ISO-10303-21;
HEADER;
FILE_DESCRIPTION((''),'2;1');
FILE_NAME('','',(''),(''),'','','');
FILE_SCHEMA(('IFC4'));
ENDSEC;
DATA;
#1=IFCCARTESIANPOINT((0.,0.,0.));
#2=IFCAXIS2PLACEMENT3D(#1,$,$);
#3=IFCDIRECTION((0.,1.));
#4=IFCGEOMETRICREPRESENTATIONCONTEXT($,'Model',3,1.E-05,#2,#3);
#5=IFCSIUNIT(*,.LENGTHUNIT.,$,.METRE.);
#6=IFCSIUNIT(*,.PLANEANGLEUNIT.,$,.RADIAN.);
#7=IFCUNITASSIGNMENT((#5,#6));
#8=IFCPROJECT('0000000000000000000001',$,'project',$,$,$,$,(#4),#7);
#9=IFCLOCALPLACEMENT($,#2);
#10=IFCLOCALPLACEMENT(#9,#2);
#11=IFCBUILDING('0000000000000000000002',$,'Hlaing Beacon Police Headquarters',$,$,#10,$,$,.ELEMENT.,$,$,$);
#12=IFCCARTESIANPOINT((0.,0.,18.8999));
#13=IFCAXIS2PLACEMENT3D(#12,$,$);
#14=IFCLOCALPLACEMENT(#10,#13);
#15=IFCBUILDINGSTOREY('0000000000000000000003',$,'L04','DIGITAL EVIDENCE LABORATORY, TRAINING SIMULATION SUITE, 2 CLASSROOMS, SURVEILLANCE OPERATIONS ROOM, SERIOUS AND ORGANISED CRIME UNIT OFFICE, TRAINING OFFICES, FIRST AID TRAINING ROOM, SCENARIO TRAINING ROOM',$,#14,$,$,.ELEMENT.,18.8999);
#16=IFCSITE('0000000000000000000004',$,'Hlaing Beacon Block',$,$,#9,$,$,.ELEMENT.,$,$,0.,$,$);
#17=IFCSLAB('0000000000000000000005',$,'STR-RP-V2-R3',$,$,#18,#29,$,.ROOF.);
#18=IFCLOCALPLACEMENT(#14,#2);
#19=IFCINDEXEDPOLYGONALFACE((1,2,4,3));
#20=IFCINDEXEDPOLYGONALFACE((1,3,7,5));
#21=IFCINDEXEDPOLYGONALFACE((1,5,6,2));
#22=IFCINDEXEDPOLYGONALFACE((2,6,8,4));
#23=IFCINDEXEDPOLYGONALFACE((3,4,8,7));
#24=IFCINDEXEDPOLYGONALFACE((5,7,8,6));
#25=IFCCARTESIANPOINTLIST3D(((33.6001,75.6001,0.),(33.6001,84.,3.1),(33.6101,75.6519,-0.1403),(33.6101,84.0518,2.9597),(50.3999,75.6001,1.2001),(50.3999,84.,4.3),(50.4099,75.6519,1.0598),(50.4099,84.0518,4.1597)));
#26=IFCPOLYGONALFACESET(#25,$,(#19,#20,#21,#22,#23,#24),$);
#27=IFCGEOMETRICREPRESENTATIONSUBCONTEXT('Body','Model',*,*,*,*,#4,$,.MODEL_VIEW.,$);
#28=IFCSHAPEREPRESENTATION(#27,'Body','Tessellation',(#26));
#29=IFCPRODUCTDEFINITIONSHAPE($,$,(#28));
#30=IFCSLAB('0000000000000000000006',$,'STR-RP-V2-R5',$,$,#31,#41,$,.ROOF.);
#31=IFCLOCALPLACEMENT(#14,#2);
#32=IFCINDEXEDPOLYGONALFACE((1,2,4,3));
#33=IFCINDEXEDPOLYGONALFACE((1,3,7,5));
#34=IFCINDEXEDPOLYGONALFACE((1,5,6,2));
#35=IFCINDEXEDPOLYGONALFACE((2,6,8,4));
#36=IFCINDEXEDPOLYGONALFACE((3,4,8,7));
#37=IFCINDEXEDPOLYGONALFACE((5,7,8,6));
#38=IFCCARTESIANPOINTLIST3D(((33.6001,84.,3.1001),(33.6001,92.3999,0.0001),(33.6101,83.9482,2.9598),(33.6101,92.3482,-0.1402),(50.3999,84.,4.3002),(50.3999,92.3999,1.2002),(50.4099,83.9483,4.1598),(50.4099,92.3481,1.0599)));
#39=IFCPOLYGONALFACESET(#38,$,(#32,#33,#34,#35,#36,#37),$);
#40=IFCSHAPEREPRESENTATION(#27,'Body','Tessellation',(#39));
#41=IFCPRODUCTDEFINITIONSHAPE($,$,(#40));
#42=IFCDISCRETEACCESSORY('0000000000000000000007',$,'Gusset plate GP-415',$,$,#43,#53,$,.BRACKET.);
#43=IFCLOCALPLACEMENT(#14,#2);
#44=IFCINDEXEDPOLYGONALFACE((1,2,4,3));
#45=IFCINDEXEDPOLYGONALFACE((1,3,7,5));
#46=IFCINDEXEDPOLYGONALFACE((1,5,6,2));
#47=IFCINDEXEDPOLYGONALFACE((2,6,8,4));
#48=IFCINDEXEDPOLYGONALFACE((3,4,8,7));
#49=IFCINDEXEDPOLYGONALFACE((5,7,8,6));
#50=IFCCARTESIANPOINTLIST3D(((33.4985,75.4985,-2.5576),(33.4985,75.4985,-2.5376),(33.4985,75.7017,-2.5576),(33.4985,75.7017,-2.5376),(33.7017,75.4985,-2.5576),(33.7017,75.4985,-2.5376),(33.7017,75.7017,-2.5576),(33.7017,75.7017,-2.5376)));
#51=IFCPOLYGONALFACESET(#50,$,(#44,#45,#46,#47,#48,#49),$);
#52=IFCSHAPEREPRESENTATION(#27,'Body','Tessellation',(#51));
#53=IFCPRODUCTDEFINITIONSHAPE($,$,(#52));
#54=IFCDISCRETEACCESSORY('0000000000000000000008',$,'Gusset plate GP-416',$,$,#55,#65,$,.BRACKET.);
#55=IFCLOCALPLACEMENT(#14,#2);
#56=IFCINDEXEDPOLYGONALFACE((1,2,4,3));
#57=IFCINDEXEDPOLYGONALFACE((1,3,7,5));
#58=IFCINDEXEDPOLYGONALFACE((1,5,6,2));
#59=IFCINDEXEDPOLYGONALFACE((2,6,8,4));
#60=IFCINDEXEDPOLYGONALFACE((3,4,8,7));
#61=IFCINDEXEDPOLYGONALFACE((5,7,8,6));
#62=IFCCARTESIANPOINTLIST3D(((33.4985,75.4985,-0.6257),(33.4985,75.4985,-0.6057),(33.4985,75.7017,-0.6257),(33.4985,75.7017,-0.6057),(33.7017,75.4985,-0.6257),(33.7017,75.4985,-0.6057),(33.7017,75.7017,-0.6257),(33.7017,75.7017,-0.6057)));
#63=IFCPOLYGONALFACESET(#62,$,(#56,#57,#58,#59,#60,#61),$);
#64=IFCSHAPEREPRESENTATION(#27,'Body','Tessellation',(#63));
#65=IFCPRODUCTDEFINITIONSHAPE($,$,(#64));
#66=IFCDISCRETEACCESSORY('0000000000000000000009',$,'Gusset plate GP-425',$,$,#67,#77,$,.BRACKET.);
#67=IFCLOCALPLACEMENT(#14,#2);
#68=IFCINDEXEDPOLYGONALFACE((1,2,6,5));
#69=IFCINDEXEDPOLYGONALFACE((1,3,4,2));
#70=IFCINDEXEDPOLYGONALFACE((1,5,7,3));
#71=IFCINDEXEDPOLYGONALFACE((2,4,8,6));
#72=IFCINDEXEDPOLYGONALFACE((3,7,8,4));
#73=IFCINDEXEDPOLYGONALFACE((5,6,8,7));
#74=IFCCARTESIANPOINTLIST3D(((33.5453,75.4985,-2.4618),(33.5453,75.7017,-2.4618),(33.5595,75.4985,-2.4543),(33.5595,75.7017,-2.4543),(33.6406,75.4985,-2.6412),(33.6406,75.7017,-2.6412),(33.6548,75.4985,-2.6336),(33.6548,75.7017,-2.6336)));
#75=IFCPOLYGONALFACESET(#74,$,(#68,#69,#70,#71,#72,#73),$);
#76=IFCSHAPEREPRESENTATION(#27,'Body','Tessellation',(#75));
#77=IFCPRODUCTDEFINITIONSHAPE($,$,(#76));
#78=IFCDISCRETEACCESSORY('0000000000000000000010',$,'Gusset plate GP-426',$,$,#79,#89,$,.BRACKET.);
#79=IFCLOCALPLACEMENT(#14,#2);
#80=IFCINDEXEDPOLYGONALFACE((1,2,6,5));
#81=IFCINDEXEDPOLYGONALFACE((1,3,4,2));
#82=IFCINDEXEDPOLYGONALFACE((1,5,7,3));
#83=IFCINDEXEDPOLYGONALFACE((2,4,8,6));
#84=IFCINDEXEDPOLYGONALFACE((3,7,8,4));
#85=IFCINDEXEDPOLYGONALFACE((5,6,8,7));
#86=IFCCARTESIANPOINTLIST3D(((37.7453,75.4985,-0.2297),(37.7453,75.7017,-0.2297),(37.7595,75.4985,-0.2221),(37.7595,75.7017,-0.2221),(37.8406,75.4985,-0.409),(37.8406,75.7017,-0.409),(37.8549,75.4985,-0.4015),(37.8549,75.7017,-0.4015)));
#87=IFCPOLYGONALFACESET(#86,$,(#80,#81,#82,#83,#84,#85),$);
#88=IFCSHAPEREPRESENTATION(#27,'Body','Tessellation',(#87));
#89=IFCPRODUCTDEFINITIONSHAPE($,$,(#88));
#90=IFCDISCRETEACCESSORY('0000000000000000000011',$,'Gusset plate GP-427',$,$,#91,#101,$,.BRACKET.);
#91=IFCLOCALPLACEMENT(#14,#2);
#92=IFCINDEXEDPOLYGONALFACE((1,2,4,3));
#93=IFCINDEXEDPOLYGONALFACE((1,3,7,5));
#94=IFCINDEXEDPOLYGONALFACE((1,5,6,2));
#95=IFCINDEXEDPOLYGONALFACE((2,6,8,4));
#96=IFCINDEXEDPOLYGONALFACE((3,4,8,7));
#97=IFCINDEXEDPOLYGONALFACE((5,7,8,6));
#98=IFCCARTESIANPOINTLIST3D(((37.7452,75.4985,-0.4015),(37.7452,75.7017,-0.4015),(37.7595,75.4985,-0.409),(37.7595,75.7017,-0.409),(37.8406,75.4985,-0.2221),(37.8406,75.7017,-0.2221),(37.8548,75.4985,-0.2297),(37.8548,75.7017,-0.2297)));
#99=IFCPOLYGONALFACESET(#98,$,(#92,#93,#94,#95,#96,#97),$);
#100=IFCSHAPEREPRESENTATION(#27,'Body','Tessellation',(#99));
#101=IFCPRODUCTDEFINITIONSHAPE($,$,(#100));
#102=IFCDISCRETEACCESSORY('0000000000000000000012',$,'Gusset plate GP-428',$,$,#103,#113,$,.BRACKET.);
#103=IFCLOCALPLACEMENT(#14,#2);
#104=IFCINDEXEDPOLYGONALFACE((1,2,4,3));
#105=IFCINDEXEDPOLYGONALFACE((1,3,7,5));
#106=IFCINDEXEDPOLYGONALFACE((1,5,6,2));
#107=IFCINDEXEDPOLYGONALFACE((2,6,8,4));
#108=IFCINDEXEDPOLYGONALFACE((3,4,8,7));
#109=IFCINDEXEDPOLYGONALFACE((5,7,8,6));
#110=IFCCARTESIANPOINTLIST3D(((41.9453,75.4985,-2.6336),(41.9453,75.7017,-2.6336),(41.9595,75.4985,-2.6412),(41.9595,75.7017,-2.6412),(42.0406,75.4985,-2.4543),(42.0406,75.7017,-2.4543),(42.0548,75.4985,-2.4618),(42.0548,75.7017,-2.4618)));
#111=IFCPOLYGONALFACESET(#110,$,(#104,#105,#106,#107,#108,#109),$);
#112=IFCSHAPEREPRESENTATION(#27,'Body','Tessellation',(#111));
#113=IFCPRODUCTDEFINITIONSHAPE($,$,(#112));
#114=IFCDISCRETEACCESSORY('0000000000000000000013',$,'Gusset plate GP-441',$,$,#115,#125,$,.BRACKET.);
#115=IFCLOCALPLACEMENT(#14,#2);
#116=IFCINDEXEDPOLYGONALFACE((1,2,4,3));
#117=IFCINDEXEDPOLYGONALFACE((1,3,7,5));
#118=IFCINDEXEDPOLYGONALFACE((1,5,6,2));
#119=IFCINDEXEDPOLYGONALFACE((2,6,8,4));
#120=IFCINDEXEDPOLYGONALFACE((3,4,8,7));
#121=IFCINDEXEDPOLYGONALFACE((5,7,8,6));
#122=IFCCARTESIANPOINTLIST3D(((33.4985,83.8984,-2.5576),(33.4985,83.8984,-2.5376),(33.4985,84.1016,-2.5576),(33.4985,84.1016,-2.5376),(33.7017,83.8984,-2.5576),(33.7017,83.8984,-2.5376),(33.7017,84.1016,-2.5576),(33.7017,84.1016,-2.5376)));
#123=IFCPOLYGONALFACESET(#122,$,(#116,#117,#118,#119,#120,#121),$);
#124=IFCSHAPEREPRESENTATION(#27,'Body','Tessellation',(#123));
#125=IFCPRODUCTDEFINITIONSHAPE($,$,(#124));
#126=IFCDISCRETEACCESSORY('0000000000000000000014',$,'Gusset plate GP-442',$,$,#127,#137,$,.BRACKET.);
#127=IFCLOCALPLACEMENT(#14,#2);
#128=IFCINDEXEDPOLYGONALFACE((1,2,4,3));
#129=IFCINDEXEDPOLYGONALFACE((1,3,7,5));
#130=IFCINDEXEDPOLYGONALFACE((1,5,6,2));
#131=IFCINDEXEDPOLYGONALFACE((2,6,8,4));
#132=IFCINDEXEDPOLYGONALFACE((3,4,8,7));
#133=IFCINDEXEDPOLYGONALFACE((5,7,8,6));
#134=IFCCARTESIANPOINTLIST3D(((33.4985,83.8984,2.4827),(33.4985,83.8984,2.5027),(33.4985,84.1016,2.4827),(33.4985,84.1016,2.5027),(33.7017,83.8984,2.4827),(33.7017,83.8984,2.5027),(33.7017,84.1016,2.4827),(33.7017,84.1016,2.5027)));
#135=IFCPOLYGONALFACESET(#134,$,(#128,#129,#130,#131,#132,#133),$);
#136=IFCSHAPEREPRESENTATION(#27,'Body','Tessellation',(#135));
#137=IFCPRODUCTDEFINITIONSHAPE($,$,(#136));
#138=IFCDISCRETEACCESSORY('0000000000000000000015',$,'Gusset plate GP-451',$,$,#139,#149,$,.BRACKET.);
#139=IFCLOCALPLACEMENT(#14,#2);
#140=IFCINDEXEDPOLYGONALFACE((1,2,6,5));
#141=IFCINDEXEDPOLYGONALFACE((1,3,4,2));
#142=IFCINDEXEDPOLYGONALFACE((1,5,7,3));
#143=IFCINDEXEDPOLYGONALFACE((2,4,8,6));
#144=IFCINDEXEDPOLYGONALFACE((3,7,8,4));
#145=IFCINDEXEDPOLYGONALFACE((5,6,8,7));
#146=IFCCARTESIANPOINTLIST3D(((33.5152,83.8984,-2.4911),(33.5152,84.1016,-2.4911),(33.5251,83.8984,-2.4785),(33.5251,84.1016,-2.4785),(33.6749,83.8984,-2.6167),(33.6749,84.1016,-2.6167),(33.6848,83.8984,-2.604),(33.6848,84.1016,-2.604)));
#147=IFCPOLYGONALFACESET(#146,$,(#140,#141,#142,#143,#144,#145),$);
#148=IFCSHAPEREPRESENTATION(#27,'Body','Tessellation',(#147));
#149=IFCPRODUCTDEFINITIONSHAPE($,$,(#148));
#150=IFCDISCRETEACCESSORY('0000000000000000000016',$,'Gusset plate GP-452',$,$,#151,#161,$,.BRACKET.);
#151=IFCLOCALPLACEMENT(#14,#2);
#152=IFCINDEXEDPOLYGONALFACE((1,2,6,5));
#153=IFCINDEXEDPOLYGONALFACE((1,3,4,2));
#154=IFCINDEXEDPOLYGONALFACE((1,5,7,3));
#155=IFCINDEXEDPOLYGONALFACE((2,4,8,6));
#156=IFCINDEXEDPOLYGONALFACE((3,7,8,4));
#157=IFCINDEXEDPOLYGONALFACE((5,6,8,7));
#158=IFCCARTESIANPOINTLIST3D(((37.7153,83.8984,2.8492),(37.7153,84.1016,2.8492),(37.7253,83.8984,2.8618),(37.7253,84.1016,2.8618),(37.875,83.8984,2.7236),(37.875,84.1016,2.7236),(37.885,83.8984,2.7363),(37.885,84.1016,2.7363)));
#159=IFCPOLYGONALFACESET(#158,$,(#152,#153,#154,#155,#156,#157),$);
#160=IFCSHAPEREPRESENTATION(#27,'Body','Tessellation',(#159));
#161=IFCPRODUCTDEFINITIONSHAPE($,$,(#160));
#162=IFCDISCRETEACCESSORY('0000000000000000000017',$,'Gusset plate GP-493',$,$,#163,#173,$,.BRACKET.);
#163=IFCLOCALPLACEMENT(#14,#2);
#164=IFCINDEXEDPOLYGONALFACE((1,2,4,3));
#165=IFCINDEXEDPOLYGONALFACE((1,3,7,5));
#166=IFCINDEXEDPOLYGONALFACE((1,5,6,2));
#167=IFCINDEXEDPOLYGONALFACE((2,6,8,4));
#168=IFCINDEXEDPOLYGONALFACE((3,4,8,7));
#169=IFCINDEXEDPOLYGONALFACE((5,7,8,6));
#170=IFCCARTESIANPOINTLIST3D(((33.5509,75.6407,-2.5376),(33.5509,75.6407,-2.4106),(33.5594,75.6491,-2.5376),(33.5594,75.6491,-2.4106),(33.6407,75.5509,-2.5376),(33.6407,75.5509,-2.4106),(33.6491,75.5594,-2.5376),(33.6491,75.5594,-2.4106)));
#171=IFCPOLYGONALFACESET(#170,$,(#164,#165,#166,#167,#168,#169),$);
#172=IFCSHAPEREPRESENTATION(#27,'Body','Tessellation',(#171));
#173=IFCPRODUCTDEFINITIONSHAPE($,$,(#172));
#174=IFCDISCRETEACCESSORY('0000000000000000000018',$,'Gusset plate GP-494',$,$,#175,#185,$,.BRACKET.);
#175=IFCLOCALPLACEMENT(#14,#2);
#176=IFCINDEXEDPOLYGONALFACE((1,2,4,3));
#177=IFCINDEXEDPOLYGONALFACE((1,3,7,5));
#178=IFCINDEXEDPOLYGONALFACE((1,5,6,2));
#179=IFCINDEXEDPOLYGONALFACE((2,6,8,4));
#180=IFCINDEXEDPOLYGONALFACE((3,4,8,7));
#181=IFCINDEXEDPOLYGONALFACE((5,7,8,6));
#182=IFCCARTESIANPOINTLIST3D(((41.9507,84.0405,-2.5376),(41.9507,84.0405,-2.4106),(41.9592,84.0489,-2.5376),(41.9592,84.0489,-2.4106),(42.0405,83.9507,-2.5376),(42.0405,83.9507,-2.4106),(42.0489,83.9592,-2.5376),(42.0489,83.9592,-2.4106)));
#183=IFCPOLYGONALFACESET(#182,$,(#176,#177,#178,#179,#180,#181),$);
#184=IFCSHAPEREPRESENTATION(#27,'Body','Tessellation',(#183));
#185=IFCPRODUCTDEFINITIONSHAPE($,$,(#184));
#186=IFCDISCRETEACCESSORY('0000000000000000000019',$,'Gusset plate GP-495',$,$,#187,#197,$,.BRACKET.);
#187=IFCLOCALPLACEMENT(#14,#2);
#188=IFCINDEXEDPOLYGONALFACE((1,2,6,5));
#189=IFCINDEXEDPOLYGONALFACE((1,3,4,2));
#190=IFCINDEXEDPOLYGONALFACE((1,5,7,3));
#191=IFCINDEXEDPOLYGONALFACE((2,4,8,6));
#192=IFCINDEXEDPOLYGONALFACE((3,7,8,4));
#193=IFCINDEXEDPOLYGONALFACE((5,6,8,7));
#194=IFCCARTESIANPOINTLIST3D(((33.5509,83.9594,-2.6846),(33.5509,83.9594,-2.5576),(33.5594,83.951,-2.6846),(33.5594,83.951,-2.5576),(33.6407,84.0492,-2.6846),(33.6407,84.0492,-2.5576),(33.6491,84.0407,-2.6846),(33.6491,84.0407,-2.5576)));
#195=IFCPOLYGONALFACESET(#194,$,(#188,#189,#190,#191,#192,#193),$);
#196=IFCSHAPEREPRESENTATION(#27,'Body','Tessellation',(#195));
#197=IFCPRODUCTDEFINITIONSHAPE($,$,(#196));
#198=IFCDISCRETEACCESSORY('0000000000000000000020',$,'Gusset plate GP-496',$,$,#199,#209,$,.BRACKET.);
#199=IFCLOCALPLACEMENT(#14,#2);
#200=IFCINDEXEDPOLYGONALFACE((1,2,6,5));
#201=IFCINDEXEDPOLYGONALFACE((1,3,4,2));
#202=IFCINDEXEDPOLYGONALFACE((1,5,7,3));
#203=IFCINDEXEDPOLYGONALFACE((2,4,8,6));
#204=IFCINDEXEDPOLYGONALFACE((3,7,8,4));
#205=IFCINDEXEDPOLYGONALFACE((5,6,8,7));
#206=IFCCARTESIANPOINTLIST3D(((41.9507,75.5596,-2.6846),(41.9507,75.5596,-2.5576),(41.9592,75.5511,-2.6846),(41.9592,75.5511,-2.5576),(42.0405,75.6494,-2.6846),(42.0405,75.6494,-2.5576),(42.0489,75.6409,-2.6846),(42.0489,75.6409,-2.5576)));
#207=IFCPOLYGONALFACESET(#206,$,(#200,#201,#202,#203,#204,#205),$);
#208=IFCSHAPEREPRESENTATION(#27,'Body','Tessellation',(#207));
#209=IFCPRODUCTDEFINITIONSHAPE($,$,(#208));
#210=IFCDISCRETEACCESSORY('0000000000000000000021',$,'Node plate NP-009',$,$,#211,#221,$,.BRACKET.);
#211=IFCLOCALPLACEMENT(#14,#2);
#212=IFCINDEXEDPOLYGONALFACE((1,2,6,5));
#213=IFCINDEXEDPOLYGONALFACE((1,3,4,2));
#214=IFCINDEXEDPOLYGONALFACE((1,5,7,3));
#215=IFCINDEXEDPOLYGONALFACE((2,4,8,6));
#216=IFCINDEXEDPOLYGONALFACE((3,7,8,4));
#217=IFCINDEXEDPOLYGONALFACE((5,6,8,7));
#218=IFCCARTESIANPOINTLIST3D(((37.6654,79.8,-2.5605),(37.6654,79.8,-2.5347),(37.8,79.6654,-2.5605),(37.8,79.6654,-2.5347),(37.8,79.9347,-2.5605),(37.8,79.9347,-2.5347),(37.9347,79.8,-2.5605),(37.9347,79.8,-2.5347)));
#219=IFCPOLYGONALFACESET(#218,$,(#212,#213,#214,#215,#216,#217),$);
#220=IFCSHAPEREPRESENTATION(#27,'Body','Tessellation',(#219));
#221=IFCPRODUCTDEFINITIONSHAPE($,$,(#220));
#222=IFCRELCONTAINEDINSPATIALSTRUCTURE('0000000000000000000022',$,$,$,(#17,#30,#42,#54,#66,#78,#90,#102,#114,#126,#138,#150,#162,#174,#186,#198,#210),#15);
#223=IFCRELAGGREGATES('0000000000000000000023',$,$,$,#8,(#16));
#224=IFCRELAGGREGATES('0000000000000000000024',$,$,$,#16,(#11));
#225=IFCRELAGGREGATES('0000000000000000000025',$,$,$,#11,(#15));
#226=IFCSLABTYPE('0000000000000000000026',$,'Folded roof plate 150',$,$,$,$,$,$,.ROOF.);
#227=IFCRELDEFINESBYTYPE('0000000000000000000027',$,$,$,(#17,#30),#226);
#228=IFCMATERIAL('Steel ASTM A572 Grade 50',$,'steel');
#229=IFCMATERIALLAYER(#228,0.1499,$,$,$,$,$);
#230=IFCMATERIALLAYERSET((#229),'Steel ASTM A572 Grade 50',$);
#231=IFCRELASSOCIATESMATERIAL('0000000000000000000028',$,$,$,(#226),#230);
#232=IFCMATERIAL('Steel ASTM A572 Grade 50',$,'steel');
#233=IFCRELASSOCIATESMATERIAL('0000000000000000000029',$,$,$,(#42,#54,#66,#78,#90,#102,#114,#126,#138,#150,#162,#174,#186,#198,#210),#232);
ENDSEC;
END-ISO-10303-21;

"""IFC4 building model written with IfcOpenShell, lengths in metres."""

from ifc_helpers import new_model, si_unit, direction, frame, origin, origin_2d, place, context, subcontext, project, spatial, polyline, rectangle, outline, extrude, material, layer, layer_set, type_object, element, save


model = new_model("IFC4")

# Units and contexts
model_context = context("Model", 3, precision=1e-05, world=origin(), true_north=direction((0.0, 1.0)))
body_context = subcontext(model_context, "Body", "Model", "MODEL_VIEW")
ifc_project = project(units=[si_unit("LENGTHUNIT", "METRE"), si_unit("PLANEANGLEUNIT", "RADIAN")], contexts=[model_context])

# Site, building, storey
site_placement = place(None, origin())
site = spatial("IfcSite", under=ifc_project, at=site_placement, Name="Hlaing Beacon Block", CompositionType="ELEMENT", RefElevation=0.0)
building_placement = place(site_placement, origin())
building = spatial("IfcBuilding", under=site, at=building_placement, Name="Hlaing Beacon Police Headquarters", CompositionType="ELEMENT")
storey_placement = place(building_placement, frame((0.0, 0.0, 18.8999)))
storey = spatial("IfcBuildingStorey", under=building, at=storey_placement, Name="L04", Description="DIGITAL EVIDENCE LABORATORY, TRAINING SIMULATION SUITE, 2 CLASSROOMS, SURVEILLANCE OPERATIONS ROOM, SERIOUS AND ORGANISED CRIME UNIT OFFICE, TRAINING OFFICES, FIRST AID TRAINING ROOM, SCENARIO TRAINING ROOM", CompositionType="ELEMENT", Elevation=18.8999)

# Slabs
ifc_material_1 = material(Name="Steel ASTM A572 Grade 50", Category="steel")
ifc_layer = layer(ifc_material_1, 0.1499)
ifc_layer_set = layer_set([ifc_layer], Name="Steel ASTM A572 Grade 50")
slab_type = type_object("IfcSlabType", Name="Folded roof plate 150", PredefinedType="ROOF", material=ifc_layer_set)
slab_1_placement = place(storey_placement, frame((33.6001, 75.6001, 0.0), z_axis=(-0.066866, -0.345449, 0.936052), x_axis=(0.997458, 0.000002, 0.071253)))
element("IfcSlab", 1, at=slab_1_placement, inside=storey, type_object=slab_type, Name="STR-RP-V2-R3", PredefinedType="ROOF", context=body_context, shape_type="SweptSolid", body=[
    extrude(outline(polyline([(0.0, 0.0), (16.8426, 0.0), (17.0635, 8.9509), (0.2209, 8.951), (0.0, 0.0)])), origin(), (0.0, 0.0, -1.0), 0.1499),
])
slab_2_placement = place(storey_placement, frame((33.6001, 84.0, 3.1001), z_axis=(-0.066866, 0.345449, 0.936052), x_axis=(0.997458, 0.000002, 0.071251)))
element("IfcSlab", 2, at=slab_2_placement, inside=storey, type_object=slab_type, Name="STR-RP-V2-R5", PredefinedType="ROOF", context=body_context, shape_type="SweptSolid", body=[
    extrude(outline(polyline([(0.0, 0.0), (16.8426, 0.0), (16.6218, 8.9509), (-0.2209, 8.951), (0.0, 0.0)])), origin(), (0.0, 0.0, -1.0), 0.1499),
])

# Discrete accessories
ifc_material_2 = material(Name="Steel ASTM A572 Grade 50", Category="steel")
for number, where, z_axis, x_axis, name in (
    (3, (33.6001, 75.6001, -2.5376), (0.0, 0.0, -1.0), (1.0, 0.0, 0.0), "Gusset plate GP-415"),
    (4, (33.6001, 75.6001, -0.6257), (0.0, 0.0, 1.0), (1.0, 0.0, 0.0), "Gusset plate GP-416"),
):
    element("IfcDiscreteAccessory", number, at=place(storey_placement, frame(where, z_axis=z_axis, x_axis=x_axis)), inside=storey, material=ifc_material_2, Name=name, PredefinedType="BRACKET", context=body_context, shape_type="SweptSolid", body=[
        extrude(rectangle(XDim=0.2031, YDim=0.2031, at=origin_2d()), origin(), (0.0, 0.0, 1.0), 0.02),
    ])
for number, where, z_axis, x_axis, name in (
    (5, (33.6072, 75.6001, -2.5439), (-0.883054, 0.0, -0.469272), (0.0, -1.0, 0.0), "Gusset plate GP-425"),
    (6, (37.793, 75.6001, -0.3193), (0.883054, 0.0, 0.469272), (0.0, 1.0, 0.0), "Gusset plate GP-426"),
    (7, (37.8071, 75.6001, -0.3193), (-0.883054, 0.0, 0.469272), (0.0, -1.0, 0.0), "Gusset plate GP-427"),
    (8, (41.9929, 75.6001, -2.5439), (0.883054, 0.0, -0.469272), (0.0, 1.0, 0.0), "Gusset plate GP-428"),
):
    element("IfcDiscreteAccessory", number, at=place(storey_placement, frame(where, z_axis=z_axis, x_axis=x_axis)), inside=storey, material=ifc_material_2, Name=name, PredefinedType="BRACKET", context=body_context, shape_type="SweptSolid", body=[
        extrude(rectangle(XDim=0.2031, YDim=0.2031, at=origin_2d()), origin(), (0.0, 0.0, 1.0), 0.0161),
    ])
for number, where, z_axis, x_axis, name in (
    (9, (33.6001, 84.0, -2.5376), (0.0, 0.0, -1.0), (1.0, 0.0, 0.0), "Gusset plate GP-441"),
    (10, (33.6001, 84.0, 2.4827), (0.0, 0.0, 1.0), (1.0, 0.0, 0.0), "Gusset plate GP-442"),
):
    element("IfcDiscreteAccessory", number, at=place(storey_placement, frame(where, z_axis=z_axis, x_axis=x_axis)), inside=storey, material=ifc_material_2, Name=name, PredefinedType="BRACKET", context=body_context, shape_type="SweptSolid", body=[
        extrude(rectangle(XDim=0.2031, YDim=0.2031, at=origin_2d()), origin(), (0.0, 0.0, 1.0), 0.02),
    ])
for number, where, z_axis, x_axis, name in (
    (11, (33.605, 84.0, -2.5413), (-0.618183, 0.0, -0.786034), (0.0, -1.0, 0.0), "Gusset plate GP-451"),
    (12, (37.7952, 84.0, 2.7864), (0.618183, 0.0, 0.786034), (0.0, 1.0, 0.0), "Gusset plate GP-452"),
):
    element("IfcDiscreteAccessory", number, at=place(storey_placement, frame(where, z_axis=z_axis, x_axis=x_axis)), inside=storey, material=ifc_material_2, Name=name, PredefinedType="BRACKET", context=body_context, shape_type="SweptSolid", body=[
        extrude(rectangle(XDim=0.2031, YDim=0.2031, at=origin_2d()), origin(), (0.0, 0.0, 1.0), 0.0161),
    ])
for number, where, z_axis, x_axis, name in (
    (13, (33.6042, 75.6042, -2.4741), (-0.707107, -0.707107, 0.0), (0.707107, -0.707107, 0.0), "Gusset plate GP-493"),
    (14, (41.9956, 83.9956, -2.4741), (0.707107, 0.707107, 0.0), (-0.707107, 0.707107, 0.0), "Gusset plate GP-494"),
    (15, (33.6042, 83.9958, -2.6211), (-0.707107, 0.707107, 0.0), (-0.707107, -0.707107, 0.0), "Gusset plate GP-495"),
    (16, (41.9956, 75.6045, -2.6211), (0.707107, -0.707107, 0.0), (0.707107, 0.707107, 0.0), "Gusset plate GP-496"),
):
    element("IfcDiscreteAccessory", number, at=place(storey_placement, frame(where, z_axis=z_axis, x_axis=x_axis)), inside=storey, material=ifc_material_2, Name=name, PredefinedType="BRACKET", context=body_context, shape_type="SweptSolid", body=[
        extrude(rectangle(XDim=0.127, YDim=0.127, at=origin_2d()), origin(), (0.0, 0.0, 1.0), 0.012),
    ])
discrete_accessory_placement = place(storey_placement, frame((37.8, 79.8, -2.5605), z_axis=(0.0, 0.0, 1.0), x_axis=(0.707107, 0.707107, 0.0)))
element("IfcDiscreteAccessory", 17, at=discrete_accessory_placement, inside=storey, material=ifc_material_2, Name="Node plate NP-009", PredefinedType="BRACKET", context=body_context, shape_type="SweptSolid", body=[
    extrude(rectangle(XDim=0.1904, YDim=0.1904, at=origin_2d()), origin(), (0.0, 0.0, 1.0), 0.0259),
])

save(model, "model.ifc")
